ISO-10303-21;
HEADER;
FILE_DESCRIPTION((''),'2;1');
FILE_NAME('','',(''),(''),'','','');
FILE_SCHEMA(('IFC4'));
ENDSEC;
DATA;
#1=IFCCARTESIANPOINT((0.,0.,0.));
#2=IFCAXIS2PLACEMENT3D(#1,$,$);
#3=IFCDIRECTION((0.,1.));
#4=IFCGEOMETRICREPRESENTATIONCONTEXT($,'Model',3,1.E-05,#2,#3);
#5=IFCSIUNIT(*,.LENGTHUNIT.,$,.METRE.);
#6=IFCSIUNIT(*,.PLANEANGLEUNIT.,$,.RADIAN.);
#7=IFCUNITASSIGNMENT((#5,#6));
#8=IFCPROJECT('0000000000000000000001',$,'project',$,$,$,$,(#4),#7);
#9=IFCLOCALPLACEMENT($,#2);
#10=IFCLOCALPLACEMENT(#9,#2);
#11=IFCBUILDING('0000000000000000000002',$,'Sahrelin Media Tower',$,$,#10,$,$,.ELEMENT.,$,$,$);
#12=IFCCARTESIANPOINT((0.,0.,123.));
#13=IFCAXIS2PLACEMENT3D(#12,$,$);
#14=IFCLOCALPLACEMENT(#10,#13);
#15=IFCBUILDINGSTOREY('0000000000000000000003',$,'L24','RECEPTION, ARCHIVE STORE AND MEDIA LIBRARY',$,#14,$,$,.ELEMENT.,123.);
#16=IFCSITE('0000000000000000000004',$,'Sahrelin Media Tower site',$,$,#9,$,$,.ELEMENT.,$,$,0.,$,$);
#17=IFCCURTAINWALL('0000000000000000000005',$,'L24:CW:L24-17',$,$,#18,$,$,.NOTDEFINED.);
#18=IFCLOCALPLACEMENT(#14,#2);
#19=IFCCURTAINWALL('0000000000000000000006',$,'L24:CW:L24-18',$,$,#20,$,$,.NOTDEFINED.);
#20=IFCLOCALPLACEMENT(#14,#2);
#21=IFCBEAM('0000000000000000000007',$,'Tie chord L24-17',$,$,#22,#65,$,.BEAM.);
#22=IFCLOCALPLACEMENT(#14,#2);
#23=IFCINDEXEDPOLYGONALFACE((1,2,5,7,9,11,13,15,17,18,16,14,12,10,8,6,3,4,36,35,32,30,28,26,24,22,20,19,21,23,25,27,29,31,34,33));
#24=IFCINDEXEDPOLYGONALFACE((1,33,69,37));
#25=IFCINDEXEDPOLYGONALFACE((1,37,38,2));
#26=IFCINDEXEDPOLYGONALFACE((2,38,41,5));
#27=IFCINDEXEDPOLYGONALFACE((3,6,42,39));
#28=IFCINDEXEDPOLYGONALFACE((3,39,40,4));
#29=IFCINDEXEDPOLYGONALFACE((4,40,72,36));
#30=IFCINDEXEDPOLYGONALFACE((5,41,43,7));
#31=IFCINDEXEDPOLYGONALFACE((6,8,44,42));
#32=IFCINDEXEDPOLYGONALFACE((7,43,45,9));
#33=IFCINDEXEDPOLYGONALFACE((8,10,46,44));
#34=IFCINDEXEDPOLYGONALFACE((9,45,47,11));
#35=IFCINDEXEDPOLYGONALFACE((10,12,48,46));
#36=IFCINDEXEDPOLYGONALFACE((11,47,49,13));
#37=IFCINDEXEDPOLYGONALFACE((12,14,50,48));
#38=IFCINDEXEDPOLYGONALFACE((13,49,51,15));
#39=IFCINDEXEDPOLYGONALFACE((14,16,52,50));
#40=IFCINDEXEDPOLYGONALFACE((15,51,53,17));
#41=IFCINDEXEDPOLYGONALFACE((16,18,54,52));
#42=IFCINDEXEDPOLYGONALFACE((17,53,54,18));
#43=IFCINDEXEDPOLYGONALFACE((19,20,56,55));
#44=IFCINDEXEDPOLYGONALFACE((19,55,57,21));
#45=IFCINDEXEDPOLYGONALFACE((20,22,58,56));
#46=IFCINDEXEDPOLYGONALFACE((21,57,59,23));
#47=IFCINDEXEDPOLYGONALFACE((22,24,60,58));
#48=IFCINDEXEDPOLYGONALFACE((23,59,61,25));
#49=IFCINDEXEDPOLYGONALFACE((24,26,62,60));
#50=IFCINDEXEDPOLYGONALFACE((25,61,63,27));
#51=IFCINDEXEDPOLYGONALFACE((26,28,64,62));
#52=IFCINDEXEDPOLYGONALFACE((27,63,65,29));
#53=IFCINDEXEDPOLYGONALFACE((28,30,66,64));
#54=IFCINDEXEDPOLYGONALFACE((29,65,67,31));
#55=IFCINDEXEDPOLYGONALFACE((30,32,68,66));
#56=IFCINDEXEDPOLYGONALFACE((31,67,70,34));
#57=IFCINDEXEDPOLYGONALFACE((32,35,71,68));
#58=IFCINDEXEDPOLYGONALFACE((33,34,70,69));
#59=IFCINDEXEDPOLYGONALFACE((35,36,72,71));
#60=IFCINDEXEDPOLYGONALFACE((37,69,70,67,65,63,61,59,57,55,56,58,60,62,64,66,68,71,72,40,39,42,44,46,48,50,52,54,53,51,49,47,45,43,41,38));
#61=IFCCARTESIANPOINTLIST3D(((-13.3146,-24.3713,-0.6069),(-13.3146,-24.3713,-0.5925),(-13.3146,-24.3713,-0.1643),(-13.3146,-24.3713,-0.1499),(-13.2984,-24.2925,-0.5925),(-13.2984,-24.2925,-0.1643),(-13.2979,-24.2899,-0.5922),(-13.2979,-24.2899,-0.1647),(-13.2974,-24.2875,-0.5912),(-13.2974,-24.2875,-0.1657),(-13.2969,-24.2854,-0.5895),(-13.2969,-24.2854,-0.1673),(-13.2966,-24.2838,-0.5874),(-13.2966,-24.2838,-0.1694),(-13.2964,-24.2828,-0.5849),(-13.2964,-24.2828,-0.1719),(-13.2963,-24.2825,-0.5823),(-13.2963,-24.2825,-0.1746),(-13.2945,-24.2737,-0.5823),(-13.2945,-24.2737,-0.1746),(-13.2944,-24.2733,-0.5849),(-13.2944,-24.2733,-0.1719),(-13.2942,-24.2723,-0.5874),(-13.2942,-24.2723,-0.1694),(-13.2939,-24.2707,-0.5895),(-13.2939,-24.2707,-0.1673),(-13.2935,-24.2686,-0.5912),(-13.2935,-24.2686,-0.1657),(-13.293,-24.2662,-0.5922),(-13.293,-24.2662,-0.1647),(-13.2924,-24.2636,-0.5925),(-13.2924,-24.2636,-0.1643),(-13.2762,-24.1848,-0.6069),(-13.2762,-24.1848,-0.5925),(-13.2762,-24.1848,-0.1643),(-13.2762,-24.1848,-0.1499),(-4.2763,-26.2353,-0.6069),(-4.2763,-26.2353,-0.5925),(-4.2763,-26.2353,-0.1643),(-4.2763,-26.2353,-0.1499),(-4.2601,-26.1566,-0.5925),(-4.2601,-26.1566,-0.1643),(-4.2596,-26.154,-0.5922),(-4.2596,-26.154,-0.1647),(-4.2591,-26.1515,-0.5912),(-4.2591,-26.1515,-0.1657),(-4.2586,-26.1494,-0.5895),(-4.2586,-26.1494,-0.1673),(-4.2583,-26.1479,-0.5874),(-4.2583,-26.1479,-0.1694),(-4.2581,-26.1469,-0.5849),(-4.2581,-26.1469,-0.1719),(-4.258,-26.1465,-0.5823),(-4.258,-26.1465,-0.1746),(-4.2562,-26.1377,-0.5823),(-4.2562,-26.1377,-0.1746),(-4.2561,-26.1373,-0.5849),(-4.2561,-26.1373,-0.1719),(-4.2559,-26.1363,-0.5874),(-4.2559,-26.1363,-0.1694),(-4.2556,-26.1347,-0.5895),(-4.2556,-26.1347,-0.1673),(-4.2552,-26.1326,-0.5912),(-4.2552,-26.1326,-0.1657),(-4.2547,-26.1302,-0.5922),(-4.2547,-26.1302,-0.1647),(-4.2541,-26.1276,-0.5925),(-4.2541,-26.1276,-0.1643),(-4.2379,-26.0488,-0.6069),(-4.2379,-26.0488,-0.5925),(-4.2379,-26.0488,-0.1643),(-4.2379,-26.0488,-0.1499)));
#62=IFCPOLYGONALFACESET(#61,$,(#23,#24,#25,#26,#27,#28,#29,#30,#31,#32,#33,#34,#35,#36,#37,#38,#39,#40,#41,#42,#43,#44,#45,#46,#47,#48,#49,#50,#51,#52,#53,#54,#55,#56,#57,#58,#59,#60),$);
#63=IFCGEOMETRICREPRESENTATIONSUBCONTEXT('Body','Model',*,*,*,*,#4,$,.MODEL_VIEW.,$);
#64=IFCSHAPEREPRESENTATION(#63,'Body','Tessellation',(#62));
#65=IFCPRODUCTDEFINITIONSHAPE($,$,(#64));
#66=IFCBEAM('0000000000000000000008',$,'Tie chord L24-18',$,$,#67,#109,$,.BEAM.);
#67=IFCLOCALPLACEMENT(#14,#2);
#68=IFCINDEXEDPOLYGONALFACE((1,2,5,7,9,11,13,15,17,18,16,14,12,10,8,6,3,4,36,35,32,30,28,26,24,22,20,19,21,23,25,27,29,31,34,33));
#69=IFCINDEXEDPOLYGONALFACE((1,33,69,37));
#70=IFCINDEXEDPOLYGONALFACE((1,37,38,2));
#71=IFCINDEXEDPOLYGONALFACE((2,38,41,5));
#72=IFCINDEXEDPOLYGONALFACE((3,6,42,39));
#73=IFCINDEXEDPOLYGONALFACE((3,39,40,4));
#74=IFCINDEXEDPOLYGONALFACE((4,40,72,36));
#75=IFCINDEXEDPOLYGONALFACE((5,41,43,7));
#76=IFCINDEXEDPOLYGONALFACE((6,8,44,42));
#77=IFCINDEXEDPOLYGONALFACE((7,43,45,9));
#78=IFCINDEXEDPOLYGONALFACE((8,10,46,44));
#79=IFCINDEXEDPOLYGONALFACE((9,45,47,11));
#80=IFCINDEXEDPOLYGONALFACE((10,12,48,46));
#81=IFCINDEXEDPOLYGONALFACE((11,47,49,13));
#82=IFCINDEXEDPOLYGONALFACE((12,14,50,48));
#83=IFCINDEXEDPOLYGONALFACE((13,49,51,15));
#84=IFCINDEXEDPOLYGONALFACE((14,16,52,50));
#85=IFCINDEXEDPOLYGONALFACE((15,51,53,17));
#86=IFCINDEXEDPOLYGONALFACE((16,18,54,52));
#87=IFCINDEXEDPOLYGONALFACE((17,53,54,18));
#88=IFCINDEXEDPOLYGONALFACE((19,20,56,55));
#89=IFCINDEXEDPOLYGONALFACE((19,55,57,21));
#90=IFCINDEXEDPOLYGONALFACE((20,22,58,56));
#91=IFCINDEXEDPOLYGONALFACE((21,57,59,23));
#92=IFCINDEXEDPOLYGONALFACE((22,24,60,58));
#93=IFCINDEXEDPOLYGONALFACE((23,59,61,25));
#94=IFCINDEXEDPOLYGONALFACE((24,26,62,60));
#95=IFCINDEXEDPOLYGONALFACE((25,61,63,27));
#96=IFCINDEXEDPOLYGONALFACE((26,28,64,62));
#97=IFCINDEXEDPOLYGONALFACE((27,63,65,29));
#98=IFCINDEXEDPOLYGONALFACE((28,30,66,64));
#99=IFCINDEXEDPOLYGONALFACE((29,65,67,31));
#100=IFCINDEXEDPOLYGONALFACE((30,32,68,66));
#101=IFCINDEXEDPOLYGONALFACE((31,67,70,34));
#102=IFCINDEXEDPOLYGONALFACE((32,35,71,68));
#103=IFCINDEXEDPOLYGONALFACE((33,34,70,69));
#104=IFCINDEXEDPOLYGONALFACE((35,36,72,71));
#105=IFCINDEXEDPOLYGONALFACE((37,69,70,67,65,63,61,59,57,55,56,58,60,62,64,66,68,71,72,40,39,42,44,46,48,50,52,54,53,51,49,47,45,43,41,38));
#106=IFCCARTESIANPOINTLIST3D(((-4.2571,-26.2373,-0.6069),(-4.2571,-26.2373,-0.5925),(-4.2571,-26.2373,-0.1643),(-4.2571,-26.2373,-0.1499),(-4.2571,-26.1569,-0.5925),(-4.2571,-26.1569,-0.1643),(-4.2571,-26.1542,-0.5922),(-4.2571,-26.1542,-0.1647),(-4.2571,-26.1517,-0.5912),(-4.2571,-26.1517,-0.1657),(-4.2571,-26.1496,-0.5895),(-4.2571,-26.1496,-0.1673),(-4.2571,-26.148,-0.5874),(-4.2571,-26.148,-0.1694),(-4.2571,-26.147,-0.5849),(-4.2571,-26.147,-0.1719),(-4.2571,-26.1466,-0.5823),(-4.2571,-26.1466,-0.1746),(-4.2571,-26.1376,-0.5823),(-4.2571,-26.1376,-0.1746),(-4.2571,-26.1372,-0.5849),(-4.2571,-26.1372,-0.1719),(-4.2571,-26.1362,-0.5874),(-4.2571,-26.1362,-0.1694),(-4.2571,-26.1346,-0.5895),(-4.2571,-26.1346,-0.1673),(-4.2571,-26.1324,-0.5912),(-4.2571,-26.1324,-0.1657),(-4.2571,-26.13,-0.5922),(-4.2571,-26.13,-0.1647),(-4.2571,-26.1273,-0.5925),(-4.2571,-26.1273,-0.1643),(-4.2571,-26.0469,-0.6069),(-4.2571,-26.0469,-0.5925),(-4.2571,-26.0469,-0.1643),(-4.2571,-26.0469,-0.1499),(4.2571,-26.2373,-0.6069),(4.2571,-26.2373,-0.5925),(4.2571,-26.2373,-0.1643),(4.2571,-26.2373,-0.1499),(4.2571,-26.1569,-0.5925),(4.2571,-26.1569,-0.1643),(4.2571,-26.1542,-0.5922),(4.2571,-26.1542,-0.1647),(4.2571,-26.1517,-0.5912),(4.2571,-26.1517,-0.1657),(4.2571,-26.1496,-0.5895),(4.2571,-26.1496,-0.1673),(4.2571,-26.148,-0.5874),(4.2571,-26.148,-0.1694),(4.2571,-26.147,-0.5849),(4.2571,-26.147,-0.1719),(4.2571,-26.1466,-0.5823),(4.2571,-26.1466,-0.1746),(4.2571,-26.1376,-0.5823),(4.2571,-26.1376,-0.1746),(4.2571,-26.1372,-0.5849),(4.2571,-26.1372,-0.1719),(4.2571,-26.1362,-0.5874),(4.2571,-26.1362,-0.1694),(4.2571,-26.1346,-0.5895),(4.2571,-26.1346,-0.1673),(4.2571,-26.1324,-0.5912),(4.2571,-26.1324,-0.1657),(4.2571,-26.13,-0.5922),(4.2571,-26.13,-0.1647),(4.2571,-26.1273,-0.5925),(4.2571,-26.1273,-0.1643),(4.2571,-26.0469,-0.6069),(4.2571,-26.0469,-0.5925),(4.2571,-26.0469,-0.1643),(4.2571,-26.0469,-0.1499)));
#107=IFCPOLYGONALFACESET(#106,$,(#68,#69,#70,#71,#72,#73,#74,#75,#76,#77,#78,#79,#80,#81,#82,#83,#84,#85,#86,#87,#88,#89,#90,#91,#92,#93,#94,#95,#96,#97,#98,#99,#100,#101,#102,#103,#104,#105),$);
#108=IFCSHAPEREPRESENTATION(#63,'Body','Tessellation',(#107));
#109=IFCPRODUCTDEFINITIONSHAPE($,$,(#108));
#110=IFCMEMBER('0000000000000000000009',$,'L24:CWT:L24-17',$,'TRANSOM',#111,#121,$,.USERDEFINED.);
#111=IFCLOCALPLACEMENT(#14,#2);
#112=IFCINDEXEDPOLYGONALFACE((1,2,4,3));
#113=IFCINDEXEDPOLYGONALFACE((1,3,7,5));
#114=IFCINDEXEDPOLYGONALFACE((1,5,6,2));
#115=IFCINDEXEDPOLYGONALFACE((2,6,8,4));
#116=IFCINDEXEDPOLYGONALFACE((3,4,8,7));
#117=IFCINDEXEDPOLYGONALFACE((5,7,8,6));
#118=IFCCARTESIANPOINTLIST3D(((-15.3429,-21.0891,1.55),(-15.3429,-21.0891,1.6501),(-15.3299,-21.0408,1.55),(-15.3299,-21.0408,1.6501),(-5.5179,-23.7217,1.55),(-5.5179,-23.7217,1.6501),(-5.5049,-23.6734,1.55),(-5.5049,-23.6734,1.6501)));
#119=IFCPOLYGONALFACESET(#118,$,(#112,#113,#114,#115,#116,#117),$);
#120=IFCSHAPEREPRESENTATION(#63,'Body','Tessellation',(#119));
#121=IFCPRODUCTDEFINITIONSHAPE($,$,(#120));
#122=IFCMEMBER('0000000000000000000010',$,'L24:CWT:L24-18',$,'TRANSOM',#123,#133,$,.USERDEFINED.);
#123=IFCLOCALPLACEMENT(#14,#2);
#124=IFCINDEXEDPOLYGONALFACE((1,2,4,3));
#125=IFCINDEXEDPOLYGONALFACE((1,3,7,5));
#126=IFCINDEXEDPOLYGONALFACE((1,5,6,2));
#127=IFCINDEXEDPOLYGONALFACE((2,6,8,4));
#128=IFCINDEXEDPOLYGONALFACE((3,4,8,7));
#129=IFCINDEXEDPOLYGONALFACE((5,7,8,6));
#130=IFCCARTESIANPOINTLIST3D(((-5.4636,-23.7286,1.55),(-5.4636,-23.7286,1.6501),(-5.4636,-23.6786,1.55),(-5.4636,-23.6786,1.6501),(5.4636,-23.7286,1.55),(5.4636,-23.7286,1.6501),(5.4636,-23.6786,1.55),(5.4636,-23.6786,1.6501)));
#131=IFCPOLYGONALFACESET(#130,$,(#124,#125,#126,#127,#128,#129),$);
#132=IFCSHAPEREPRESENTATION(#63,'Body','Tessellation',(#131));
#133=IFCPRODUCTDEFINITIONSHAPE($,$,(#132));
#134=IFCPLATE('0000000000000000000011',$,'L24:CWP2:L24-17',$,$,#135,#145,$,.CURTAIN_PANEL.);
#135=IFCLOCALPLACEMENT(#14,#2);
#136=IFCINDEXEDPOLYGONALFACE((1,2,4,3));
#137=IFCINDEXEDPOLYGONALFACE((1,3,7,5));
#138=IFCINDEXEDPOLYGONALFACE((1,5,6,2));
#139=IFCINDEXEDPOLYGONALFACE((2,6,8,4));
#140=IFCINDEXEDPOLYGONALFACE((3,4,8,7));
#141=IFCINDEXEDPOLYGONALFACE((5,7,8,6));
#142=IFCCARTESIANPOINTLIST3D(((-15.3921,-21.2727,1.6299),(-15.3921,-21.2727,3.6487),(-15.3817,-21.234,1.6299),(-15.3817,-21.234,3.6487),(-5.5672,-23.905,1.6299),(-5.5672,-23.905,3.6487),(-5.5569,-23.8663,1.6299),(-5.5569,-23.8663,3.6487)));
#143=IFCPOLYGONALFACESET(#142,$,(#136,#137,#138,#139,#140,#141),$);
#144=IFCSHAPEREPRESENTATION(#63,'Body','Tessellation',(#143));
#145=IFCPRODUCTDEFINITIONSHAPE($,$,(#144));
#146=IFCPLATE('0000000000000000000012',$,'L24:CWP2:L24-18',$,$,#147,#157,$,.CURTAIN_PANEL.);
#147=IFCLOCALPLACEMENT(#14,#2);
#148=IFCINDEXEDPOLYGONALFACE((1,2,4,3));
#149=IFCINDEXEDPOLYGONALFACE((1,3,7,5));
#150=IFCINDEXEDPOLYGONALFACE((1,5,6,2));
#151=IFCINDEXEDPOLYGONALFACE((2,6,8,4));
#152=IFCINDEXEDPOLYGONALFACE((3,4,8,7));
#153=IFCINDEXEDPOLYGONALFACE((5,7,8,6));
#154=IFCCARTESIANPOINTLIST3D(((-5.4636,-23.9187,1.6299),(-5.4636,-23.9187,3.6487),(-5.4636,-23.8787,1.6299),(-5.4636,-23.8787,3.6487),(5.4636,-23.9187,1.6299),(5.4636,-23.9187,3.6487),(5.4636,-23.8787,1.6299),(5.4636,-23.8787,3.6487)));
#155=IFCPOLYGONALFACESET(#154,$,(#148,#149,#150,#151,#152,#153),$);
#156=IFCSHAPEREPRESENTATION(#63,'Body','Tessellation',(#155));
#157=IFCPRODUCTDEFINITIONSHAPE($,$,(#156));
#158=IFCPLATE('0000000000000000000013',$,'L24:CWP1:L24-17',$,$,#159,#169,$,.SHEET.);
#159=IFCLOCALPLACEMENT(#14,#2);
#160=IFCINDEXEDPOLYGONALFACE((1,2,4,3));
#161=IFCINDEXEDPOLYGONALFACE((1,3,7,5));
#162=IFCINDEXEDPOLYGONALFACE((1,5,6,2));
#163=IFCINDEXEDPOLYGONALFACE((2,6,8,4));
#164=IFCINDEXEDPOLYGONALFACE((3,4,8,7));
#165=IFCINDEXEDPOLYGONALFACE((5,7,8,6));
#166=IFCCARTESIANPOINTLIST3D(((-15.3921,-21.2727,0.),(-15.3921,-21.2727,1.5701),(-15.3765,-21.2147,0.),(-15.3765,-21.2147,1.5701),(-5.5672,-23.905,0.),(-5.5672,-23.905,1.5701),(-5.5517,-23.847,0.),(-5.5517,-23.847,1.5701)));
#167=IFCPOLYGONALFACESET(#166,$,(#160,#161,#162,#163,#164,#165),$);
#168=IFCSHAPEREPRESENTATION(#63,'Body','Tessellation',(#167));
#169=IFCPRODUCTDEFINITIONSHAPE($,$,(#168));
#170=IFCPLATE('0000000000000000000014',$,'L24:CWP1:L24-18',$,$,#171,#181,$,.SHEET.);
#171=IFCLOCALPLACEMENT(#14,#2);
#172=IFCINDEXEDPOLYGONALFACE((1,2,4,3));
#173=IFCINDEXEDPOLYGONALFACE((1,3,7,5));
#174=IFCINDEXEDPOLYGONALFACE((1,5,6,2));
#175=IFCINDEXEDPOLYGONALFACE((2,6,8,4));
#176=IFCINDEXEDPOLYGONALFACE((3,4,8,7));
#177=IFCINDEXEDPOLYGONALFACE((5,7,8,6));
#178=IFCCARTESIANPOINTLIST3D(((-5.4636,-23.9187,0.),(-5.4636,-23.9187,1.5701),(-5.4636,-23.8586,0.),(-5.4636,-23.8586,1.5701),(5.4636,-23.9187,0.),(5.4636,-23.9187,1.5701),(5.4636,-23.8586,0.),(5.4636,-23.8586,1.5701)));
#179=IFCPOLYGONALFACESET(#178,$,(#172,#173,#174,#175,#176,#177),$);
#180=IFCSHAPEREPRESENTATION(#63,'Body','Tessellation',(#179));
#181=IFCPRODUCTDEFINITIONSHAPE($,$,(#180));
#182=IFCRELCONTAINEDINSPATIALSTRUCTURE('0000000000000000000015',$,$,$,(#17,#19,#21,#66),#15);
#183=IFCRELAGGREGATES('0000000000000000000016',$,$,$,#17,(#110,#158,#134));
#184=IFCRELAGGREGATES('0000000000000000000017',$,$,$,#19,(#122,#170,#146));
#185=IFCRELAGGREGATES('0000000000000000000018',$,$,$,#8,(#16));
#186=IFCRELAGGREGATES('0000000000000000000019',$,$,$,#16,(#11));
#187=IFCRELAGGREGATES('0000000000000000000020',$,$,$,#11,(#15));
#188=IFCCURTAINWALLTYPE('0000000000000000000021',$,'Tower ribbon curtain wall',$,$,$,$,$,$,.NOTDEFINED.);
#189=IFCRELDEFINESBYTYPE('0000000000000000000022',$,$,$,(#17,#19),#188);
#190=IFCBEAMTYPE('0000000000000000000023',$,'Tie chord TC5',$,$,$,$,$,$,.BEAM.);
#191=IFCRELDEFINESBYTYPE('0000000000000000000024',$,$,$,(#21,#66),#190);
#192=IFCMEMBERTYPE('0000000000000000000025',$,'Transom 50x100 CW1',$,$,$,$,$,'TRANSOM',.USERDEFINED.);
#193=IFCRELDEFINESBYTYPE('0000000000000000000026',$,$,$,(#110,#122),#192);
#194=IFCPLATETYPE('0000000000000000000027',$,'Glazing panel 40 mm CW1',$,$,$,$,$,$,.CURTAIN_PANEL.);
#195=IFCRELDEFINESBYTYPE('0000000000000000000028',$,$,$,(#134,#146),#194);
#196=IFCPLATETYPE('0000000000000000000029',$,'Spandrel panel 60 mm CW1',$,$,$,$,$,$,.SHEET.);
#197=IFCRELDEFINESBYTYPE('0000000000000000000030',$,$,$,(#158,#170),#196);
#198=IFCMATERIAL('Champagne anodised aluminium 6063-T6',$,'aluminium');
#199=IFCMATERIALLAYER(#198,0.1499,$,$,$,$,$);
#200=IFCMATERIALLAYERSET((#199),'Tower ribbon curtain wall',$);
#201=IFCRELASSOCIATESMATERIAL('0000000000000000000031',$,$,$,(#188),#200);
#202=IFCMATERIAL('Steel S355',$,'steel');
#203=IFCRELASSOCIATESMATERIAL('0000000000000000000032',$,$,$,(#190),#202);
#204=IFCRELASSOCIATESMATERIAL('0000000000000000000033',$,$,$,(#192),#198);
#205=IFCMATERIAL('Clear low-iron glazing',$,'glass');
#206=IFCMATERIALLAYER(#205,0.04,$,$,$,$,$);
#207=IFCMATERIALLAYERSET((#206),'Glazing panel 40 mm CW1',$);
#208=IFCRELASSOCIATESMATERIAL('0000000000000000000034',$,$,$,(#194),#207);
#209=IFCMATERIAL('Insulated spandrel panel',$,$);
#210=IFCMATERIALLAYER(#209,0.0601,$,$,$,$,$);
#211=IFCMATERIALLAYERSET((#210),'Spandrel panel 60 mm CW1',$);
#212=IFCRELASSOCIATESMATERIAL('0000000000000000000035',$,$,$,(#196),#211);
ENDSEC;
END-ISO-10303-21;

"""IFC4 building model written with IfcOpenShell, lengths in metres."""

from ifc_helpers import new_model, si_unit, direction, frame, origin, origin_2d, place, context, subcontext, project, spatial, polyline, rectangle, i_section, outline, extrude, material, layer, layer_set, material_profile, profile_set, type_object, element, aggregate, save


model = new_model("IFC4")

# Units and contexts
model_context = context("Model", 3, precision=1e-05, world=origin(), true_north=direction((0.0, 1.0)))
body_context = subcontext(model_context, "Body", "Model", "MODEL_VIEW")
ifc_project = project(units=[si_unit("LENGTHUNIT", "METRE"), si_unit("PLANEANGLEUNIT", "RADIAN")], contexts=[model_context])

# Site, building, storey
site_placement = place(None, origin())
site = spatial("IfcSite", under=ifc_project, at=site_placement, Name="Sahrelin Media Tower site", CompositionType="ELEMENT", RefElevation=0.0)
building_placement = place(site_placement, origin())
building = spatial("IfcBuilding", under=site, at=building_placement, Name="Sahrelin Media Tower", CompositionType="ELEMENT")
storey_placement = place(building_placement, frame((0.0, 0.0, 123.0)))
storey = spatial("IfcBuildingStorey", under=building, at=storey_placement, Name="L24", Description="RECEPTION, ARCHIVE STORE AND MEDIA LIBRARY", CompositionType="ELEMENT", Elevation=123.0)

# Shared definitions
ifc_material_1 = material(Name="Steel S355", Category="steel")

# Curtain walls
ifc_material_2 = material(Name="Champagne anodised aluminium 6063-T6", Category="aluminium")
ifc_layer_1 = layer(ifc_material_2, 0.1499)
ifc_layer_set_1 = layer_set([ifc_layer_1], Name="Tower ribbon curtain wall")
curtain_wall_type = type_object("IfcCurtainWallType", Name="Tower ribbon curtain wall", PredefinedType="NOTDEFINED", material=ifc_layer_set_1)
curtain_wall_1_placement = place(storey_placement, frame((-10.4746, -22.5696, 0.0), z_axis=(0.0, 0.0, 1.0), x_axis=(1.0, 0.0, 0.0)))
curtain_wall_1 = element("IfcCurtainWall", 1, at=curtain_wall_1_placement, inside=storey, type_object=curtain_wall_type, Name="L24:CW:L24-17", PredefinedType="NOTDEFINED")
curtain_wall_2_placement = place(storey_placement, frame((0.0, -23.8987, 0.0), z_axis=(0.0, 0.0, 1.0), x_axis=(1.0, 0.0, 0.0)))
curtain_wall_2 = element("IfcCurtainWall", 2, at=curtain_wall_2_placement, inside=storey, type_object=curtain_wall_type, Name="L24:CW:L24-18", PredefinedType="NOTDEFINED")

# Beams
ifc_material_profile_1 = material_profile(ifc_material_1, i_section(OverallWidth=0.1904, OverallDepth=0.457, WebThickness=0.009, FlangeThickness=0.0144, FilletRadius=0.0103, at=origin_2d()), Name="UB 457x191x74")
ifc_profile_set_1 = profile_set([ifc_material_profile_1], Name="Steel S355")
beam_type_1 = type_object("IfcBeamType", Name="Tie chord TC5", PredefinedType="BEAM", material=ifc_profile_set_1)
beam_1_placement = place(storey_placement, frame((-13.2954, -24.2781, -0.3784), z_axis=(0.979389, -0.201984, 0.0), x_axis=(0.201984, 0.979389, 0.0)))
element("IfcBeam", 3, at=beam_1_placement, inside=storey, type_object=beam_type_1, Name="Tie chord L24-17", PredefinedType="BEAM", context=body_context, shape_type="SweptSolid", body=[
    extrude(i_section(OverallWidth=0.1904, OverallDepth=0.457, WebThickness=0.009, FlangeThickness=0.0144, FilletRadius=0.0103, at=origin_2d()), origin(), (0.0, 0.0, 1.0), 9.2285),
])
beam_2_placement = place(storey_placement, frame((-4.2571, -26.1421, -0.3784), z_axis=(1.0, 0.0, 0.0), x_axis=(0.0, 1.0, 0.0)))
element("IfcBeam", 4, at=beam_2_placement, inside=storey, type_object=beam_type_1, Name="Tie chord L24-18", PredefinedType="BEAM", context=body_context, shape_type="SweptSolid", body=[
    extrude(i_section(OverallWidth=0.1904, OverallDepth=0.457, WebThickness=0.009, FlangeThickness=0.0144, FilletRadius=0.0103, at=origin_2d()), origin(), (0.0, 0.0, 1.0), 8.5142),
])

# Members
ifc_material_profile_2 = material_profile(ifc_material_2, rectangle(XDim=0.05, YDim=0.1001, at=origin_2d()), Name="Transom 50x100")
ifc_profile_set_2 = profile_set([ifc_material_profile_2], Name="Champagne anodised aluminium 6063-T6")
member_type_1 = type_object("IfcMemberType", Name="Transom 50x100 CW1", ElementType="TRANSOM", PredefinedType="USERDEFINED", material=ifc_profile_set_2)
member_1_placement = place(storey_placement, frame((-15.3364, -21.0649, 1.6001), z_axis=(0.965926, -0.258817, 0.0), x_axis=(0.258817, 0.965926, 0.0)))
member_1 = element("IfcMember", 5, at=member_1_placement, type_object=member_type_1, Name="L24:CWT:L24-17", ObjectType="TRANSOM", PredefinedType="USERDEFINED", context=body_context, shape_type="SweptSolid", body=[
    extrude(rectangle(XDim=0.05, YDim=0.1001, at=origin_2d()), origin(), (0.0, 0.0, 1.0), 10.1716),
])
member_2_placement = place(storey_placement, frame((-5.4636, -23.7036, 1.6001), z_axis=(1.0, 0.0, 0.0), x_axis=(0.0, 1.0, 0.0)))
member_2 = element("IfcMember", 6, at=member_2_placement, type_object=member_type_1, Name="L24:CWT:L24-18", ObjectType="TRANSOM", PredefinedType="USERDEFINED", context=body_context, shape_type="SweptSolid", body=[
    extrude(rectangle(XDim=0.05, YDim=0.1001, at=origin_2d()), origin(), (0.0, 0.0, 1.0), 10.9272),
])

# Plates
ifc_material_3 = material(Name="Clear low-iron glazing", Category="glass")
ifc_layer_2 = layer(ifc_material_3, 0.04)
ifc_layer_set_2 = layer_set([ifc_layer_2], Name="Glazing panel 40 mm CW1")
plate_type_1 = type_object("IfcPlateType", Name="Glazing panel 40 mm CW1", PredefinedType="CURTAIN_PANEL", material=ifc_layer_set_2)
plate_1_placement = place(storey_placement, frame((-15.3921, -21.2727, 1.6299), z_axis=(-0.258795, -0.965932, 0.0), x_axis=(0.965932, -0.258795, 0.0)))
plate_1 = element("IfcPlate", 7, at=plate_1_placement, type_object=plate_type_1, Name="L24:CWP2:L24-17", PredefinedType="CURTAIN_PANEL", context=body_context, shape_type="SweptSolid", body=[
    extrude(outline(polyline([(0.0, 0.0), (10.1714, 0.0), (10.1714, 2.0188), (0.0, 2.0188), (0.0, 0.0)])), origin(), (0.0, 0.0, -1.0), 0.04),
])
plate_2_placement = place(storey_placement, frame((-5.4636, -23.9187, 1.6299), z_axis=(0.0, -1.0, 0.0), x_axis=(1.0, 0.0, 0.0)))
plate_2 = element("IfcPlate", 8, at=plate_2_placement, type_object=plate_type_1, Name="L24:CWP2:L24-18", PredefinedType="CURTAIN_PANEL", context=body_context, shape_type="SweptSolid", body=[
    extrude(outline(polyline([(0.0, 0.0), (10.9272, 0.0), (10.9272, 2.0188), (0.0, 2.0188), (0.0, 0.0)])), origin(), (0.0, 0.0, -1.0), 0.04),
])
ifc_material_4 = material(Name="Insulated spandrel panel")
ifc_layer_3 = layer(ifc_material_4, 0.0601)
ifc_layer_set_3 = layer_set([ifc_layer_3], Name="Spandrel panel 60 mm CW1")
plate_type_2 = type_object("IfcPlateType", Name="Spandrel panel 60 mm CW1", PredefinedType="SHEET", material=ifc_layer_set_3)
plate_3_placement = place(storey_placement, frame((-15.3921, -21.2727, 0.0), z_axis=(-0.258795, -0.965932, 0.0), x_axis=(0.965932, -0.258795, 0.0)))
plate_3 = element("IfcPlate", 9, at=plate_3_placement, type_object=plate_type_2, Name="L24:CWP1:L24-17", PredefinedType="SHEET", context=body_context, shape_type="SweptSolid", body=[
    extrude(outline(polyline([(0.0, 0.0), (10.1714, 0.0), (10.1714, 1.5701), (0.0, 1.5701), (0.0, 0.0)])), origin(), (0.0, 0.0, -1.0), 0.0601),
])
aggregate(curtain_wall_1, [member_1, plate_3, plate_1])
plate_4_placement = place(storey_placement, frame((-5.4636, -23.9187, 0.0), z_axis=(0.0, -1.0, 0.0), x_axis=(1.0, 0.0, 0.0)))
plate_4 = element("IfcPlate", 10, at=plate_4_placement, type_object=plate_type_2, Name="L24:CWP1:L24-18", PredefinedType="SHEET", context=body_context, shape_type="SweptSolid", body=[
    extrude(outline(polyline([(0.0, 0.0), (10.9272, 0.0), (10.9272, 1.5701), (0.0, 1.5701), (0.0, 0.0)])), origin(), (0.0, 0.0, -1.0), 0.0601),
])
aggregate(curtain_wall_2, [member_2, plate_4, plate_2])

save(model, "model.ifc")
